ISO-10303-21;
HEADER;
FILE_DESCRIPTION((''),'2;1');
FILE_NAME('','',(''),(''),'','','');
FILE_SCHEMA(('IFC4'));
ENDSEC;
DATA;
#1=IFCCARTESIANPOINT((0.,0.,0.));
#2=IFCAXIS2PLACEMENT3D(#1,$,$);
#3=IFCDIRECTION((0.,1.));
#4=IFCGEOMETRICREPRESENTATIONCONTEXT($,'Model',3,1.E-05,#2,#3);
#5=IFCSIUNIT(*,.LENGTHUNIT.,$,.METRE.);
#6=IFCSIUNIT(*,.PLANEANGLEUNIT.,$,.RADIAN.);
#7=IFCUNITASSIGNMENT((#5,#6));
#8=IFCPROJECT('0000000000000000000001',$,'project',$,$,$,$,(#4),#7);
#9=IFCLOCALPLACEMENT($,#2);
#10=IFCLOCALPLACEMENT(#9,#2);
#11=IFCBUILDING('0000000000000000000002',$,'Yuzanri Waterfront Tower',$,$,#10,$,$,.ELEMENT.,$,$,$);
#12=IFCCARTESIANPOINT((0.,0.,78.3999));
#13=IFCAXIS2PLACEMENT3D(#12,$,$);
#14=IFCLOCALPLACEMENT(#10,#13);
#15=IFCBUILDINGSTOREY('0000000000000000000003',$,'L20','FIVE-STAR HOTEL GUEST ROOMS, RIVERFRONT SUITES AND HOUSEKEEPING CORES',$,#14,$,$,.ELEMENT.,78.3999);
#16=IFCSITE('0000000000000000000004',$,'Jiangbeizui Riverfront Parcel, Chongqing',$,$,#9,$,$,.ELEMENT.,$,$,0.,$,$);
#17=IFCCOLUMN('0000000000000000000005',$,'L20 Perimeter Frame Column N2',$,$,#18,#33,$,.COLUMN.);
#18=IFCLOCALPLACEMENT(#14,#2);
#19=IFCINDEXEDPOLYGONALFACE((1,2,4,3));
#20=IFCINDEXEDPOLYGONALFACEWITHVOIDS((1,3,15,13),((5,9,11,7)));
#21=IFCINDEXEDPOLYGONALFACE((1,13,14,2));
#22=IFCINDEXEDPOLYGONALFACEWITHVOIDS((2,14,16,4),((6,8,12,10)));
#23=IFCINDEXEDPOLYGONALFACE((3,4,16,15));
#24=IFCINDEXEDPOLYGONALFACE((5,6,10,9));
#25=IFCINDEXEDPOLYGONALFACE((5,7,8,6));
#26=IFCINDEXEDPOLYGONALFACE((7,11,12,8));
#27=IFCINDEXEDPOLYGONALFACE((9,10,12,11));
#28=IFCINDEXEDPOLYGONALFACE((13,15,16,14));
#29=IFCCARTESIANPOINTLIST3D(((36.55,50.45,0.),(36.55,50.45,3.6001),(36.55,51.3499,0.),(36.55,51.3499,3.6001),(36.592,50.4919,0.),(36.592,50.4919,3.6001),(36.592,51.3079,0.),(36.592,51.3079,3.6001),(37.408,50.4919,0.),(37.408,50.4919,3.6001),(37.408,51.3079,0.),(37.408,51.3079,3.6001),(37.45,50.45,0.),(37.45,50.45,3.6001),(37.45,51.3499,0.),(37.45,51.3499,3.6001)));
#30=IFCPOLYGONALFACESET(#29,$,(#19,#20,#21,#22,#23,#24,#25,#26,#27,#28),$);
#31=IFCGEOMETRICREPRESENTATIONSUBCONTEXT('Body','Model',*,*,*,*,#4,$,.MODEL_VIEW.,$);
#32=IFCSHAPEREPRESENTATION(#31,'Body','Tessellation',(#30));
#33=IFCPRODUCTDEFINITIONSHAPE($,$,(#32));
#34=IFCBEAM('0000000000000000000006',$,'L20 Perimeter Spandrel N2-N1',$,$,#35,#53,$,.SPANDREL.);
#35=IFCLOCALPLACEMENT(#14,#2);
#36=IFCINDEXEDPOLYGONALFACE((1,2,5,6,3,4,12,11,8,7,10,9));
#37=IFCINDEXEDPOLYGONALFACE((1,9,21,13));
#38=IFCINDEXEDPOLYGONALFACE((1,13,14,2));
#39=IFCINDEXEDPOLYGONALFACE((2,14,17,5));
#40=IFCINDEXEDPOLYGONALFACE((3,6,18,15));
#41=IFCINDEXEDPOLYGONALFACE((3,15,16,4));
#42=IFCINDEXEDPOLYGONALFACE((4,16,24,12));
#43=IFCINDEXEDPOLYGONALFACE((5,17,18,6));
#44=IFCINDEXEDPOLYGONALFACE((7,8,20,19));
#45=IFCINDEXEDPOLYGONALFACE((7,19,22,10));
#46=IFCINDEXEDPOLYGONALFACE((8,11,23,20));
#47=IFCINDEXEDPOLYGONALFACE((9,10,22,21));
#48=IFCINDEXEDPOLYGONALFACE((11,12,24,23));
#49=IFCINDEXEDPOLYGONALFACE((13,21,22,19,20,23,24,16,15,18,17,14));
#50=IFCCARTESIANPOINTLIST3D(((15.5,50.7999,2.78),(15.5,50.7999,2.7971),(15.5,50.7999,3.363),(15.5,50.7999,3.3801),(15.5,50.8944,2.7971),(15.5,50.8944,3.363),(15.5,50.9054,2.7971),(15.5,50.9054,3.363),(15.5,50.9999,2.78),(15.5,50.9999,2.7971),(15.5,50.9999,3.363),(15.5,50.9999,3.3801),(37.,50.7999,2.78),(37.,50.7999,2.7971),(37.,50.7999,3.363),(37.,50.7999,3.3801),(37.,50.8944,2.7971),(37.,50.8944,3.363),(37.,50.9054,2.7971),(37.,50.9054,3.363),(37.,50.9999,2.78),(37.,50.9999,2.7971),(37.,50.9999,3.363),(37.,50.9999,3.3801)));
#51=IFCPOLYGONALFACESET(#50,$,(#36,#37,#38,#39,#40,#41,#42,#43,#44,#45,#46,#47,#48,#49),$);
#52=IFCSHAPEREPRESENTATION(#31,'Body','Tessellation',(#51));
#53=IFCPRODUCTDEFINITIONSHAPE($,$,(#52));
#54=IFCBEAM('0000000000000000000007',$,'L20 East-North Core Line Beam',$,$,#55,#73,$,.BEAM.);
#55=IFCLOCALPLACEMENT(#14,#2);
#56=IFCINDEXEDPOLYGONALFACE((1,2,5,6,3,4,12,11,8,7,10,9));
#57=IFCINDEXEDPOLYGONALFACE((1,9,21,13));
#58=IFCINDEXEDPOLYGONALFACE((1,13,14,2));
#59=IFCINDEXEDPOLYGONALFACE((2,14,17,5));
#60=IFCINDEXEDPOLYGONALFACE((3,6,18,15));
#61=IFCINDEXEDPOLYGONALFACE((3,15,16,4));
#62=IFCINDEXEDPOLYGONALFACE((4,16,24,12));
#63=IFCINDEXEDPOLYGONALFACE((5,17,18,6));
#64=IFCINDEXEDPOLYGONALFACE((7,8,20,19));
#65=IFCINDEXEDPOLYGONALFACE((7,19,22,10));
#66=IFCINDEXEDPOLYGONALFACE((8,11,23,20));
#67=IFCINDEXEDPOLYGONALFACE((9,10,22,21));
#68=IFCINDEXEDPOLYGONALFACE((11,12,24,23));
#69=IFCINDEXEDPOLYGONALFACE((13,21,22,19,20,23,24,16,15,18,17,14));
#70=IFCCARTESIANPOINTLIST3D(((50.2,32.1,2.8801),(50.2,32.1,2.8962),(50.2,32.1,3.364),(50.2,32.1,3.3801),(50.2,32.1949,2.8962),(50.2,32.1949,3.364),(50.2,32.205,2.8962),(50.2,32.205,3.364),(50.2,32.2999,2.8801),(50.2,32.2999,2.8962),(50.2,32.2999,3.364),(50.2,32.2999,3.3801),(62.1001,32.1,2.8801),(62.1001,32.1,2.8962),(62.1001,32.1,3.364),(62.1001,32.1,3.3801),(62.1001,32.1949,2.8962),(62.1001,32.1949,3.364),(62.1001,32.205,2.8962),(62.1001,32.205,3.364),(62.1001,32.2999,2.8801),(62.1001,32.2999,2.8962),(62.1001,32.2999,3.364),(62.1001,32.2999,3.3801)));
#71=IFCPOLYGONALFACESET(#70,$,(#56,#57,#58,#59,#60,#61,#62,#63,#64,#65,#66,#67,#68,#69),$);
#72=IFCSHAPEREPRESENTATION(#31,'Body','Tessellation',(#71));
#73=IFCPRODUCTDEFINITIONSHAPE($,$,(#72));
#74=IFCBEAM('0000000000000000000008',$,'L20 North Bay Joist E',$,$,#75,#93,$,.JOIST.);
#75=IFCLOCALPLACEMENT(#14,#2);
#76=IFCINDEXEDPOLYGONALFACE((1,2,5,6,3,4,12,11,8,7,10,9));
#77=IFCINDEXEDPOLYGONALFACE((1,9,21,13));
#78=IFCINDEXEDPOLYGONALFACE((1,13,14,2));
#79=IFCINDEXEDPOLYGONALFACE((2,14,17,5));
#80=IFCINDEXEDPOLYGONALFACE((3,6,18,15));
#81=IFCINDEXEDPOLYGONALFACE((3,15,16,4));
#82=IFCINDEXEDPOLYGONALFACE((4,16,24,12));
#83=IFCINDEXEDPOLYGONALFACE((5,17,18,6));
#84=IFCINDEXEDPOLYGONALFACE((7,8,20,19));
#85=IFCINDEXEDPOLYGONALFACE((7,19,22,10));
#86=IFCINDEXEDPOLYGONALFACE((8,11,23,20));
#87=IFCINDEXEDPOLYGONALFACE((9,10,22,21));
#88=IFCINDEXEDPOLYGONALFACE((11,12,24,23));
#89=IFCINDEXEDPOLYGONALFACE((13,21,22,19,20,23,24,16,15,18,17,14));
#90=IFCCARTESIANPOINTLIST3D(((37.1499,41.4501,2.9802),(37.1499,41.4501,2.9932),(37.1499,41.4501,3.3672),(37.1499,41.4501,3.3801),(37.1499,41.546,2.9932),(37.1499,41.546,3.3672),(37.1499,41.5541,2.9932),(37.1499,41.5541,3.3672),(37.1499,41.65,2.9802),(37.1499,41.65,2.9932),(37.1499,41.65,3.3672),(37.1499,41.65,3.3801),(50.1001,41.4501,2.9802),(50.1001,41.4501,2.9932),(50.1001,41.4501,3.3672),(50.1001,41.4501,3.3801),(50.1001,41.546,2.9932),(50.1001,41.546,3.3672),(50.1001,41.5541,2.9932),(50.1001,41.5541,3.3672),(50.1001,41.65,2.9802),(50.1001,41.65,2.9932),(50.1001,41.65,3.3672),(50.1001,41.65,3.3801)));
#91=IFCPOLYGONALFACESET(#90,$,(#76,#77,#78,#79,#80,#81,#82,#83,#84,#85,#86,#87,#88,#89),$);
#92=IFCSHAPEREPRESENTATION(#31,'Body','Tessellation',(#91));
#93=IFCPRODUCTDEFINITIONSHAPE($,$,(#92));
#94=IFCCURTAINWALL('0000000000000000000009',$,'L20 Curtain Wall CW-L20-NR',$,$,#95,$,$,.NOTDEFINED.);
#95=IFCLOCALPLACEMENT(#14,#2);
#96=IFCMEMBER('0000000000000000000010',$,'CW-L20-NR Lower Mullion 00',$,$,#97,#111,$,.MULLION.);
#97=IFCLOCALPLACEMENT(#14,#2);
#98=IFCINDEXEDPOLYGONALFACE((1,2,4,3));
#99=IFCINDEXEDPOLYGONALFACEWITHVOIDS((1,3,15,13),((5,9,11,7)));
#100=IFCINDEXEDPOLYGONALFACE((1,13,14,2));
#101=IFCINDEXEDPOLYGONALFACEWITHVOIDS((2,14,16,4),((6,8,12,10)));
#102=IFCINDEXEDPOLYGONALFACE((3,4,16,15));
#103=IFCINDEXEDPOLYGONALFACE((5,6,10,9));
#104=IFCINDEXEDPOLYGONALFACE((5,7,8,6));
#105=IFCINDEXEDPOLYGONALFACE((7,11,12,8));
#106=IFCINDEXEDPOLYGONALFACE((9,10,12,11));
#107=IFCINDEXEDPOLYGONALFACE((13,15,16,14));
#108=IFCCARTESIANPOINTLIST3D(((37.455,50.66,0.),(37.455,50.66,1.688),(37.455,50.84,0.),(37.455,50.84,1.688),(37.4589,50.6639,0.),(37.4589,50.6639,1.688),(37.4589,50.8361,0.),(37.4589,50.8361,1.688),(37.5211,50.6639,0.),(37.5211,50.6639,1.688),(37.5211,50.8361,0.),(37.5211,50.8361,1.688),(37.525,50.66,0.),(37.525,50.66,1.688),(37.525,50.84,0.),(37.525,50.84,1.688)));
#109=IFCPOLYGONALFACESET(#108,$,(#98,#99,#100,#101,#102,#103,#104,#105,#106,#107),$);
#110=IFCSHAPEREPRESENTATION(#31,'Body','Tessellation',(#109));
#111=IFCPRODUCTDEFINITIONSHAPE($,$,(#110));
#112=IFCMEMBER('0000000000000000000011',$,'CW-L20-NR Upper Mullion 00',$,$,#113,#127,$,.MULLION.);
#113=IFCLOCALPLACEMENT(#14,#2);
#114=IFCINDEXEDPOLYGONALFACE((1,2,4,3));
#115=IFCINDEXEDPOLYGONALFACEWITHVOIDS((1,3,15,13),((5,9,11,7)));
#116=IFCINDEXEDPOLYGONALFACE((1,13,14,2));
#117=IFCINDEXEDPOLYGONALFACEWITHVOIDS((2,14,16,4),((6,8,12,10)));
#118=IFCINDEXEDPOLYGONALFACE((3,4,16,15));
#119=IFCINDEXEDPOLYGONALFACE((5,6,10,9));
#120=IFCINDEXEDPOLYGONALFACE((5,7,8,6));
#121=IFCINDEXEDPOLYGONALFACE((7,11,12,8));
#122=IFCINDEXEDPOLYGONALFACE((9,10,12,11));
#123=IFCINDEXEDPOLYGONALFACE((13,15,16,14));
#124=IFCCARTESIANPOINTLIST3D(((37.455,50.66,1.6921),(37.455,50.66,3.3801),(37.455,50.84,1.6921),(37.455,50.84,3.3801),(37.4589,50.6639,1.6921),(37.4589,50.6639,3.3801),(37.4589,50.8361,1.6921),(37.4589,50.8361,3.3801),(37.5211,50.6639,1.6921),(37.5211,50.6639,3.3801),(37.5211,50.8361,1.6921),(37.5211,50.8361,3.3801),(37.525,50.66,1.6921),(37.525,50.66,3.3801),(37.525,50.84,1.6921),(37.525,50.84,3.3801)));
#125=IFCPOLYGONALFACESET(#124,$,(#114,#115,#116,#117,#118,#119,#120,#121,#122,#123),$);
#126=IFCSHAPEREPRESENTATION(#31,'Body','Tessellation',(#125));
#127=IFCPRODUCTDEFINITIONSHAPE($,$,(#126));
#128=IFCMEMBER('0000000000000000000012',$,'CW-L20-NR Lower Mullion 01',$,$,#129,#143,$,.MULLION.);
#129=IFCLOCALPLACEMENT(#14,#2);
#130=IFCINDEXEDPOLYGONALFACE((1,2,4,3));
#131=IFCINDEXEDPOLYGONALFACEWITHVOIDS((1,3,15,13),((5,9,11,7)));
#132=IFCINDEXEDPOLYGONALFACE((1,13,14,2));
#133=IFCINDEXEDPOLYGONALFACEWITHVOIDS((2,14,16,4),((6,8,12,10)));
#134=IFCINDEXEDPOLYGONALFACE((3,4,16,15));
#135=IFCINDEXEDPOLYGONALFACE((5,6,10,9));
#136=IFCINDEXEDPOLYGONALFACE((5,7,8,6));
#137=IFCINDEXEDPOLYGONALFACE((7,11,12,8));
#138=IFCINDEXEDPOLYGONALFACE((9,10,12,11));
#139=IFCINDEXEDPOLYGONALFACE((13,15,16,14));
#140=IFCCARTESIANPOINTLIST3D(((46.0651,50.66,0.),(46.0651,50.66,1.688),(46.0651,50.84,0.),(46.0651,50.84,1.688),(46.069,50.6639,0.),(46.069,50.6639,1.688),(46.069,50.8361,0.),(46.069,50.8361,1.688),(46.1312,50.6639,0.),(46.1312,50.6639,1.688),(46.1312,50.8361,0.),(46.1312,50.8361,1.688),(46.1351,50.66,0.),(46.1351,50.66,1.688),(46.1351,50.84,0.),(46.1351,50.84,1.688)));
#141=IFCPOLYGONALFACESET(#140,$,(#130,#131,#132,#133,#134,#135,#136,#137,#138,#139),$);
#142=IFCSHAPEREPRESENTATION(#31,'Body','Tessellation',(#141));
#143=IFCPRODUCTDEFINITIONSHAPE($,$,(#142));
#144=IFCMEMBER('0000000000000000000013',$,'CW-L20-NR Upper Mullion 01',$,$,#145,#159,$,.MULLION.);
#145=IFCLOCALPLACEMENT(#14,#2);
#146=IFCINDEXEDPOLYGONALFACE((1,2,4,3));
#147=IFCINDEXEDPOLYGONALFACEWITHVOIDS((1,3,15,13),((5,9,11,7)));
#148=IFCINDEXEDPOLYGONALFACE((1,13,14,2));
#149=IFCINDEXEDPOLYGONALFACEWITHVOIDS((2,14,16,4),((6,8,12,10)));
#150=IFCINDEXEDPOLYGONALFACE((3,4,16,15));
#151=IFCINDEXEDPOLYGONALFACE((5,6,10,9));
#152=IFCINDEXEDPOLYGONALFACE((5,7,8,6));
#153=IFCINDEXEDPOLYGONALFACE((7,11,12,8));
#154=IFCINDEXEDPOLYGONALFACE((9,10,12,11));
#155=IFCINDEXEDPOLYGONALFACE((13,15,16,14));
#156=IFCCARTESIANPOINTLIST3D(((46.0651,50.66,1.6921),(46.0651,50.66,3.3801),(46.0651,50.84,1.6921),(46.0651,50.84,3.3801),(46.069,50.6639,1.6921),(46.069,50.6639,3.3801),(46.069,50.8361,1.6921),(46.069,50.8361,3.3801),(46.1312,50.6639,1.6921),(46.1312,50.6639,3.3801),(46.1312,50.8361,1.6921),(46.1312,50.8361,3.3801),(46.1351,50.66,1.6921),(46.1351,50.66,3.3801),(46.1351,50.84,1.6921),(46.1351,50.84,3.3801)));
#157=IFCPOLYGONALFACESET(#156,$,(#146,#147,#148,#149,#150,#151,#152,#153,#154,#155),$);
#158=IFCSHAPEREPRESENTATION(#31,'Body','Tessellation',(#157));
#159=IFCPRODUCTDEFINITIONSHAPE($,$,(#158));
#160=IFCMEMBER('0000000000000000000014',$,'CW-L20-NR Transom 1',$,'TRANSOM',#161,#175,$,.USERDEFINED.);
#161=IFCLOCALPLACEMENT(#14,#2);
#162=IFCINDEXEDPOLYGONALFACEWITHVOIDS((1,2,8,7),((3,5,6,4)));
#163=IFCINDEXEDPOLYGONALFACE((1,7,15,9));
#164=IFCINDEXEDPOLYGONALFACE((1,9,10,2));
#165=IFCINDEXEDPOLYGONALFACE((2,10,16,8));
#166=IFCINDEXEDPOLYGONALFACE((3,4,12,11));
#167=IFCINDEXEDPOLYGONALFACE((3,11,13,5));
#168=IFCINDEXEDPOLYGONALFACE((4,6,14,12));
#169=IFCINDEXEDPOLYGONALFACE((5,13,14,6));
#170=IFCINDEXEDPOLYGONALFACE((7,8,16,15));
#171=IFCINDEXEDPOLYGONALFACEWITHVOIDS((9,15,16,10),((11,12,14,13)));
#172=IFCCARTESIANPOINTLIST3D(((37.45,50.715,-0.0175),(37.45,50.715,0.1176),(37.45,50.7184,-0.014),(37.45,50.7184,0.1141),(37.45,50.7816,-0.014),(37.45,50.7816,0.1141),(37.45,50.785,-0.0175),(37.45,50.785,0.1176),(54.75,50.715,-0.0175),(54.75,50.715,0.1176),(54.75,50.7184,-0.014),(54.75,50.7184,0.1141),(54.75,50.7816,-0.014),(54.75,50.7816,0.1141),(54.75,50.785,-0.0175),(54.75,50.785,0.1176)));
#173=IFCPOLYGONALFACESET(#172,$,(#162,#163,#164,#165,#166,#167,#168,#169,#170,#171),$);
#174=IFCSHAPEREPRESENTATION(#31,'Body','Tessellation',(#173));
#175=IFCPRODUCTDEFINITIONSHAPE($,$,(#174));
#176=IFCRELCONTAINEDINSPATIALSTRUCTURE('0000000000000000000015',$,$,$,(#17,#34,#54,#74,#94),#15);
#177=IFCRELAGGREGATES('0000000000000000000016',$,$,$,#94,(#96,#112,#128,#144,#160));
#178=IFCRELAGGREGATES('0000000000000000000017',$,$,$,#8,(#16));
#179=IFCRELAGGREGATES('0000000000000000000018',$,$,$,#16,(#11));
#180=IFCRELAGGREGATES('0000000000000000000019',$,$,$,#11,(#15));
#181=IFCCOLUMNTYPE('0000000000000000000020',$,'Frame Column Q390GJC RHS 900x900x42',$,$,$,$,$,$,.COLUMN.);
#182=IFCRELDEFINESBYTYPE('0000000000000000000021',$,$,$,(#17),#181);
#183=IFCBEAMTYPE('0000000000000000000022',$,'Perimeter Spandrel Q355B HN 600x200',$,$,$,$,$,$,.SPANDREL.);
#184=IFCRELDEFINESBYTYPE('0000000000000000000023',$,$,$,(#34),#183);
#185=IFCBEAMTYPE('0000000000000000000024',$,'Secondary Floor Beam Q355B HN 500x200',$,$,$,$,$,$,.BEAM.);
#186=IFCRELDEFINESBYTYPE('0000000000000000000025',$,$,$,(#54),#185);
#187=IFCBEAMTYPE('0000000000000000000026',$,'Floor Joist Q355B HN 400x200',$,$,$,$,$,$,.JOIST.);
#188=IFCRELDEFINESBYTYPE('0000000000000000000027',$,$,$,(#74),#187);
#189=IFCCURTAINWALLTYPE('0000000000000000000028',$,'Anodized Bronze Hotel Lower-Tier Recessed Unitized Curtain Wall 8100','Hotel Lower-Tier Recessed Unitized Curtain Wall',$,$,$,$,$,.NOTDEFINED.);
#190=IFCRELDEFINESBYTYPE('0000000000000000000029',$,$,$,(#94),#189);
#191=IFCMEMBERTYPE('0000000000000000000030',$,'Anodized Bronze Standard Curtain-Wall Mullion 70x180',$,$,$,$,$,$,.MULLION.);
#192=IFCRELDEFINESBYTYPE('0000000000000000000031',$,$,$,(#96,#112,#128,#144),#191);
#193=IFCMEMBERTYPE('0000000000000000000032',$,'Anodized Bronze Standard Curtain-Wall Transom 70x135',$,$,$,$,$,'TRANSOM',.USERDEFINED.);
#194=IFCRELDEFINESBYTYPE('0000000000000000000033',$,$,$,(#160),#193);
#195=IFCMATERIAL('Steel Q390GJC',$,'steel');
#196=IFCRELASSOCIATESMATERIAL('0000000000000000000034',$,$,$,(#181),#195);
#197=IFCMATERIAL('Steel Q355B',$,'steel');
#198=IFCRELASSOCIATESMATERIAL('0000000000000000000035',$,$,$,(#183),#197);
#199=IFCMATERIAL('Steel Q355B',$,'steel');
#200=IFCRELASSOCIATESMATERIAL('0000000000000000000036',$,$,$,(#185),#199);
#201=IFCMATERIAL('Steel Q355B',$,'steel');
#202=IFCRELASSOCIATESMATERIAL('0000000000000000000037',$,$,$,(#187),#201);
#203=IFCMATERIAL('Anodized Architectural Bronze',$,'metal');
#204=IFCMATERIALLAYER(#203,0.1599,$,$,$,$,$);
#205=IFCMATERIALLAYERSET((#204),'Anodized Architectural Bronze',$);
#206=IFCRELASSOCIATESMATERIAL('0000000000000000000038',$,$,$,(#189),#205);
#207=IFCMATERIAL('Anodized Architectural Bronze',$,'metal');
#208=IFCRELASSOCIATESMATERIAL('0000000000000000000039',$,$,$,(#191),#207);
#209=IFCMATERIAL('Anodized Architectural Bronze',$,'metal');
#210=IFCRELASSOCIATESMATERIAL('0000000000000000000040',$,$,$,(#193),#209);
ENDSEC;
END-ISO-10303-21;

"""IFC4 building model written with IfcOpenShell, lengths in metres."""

from ifc_helpers import new_model, si_unit, direction, frame, origin, origin_2d, place, context, subcontext, project, spatial, hollow_rectangle, i_section, extrude, source, transform, mapped, material, layer, layer_set, material_profile, profile_set, type_object, element, aggregate, save


model = new_model("IFC4")

# Units and contexts
model_context = context("Model", 3, precision=1e-05, world=origin(), true_north=direction((0.0, 1.0)))
body_context = subcontext(model_context, "Body", "Model", "MODEL_VIEW")
ifc_project = project(units=[si_unit("LENGTHUNIT", "METRE"), si_unit("PLANEANGLEUNIT", "RADIAN")], contexts=[model_context])

# Site, building, storey
site_placement = place(None, origin())
site = spatial("IfcSite", under=ifc_project, at=site_placement, Name="Jiangbeizui Riverfront Parcel, Chongqing", CompositionType="ELEMENT", RefElevation=0.0)
building_placement = place(site_placement, origin())
building = spatial("IfcBuilding", under=site, at=building_placement, Name="Yuzanri Waterfront Tower", CompositionType="ELEMENT")
storey_placement = place(building_placement, frame((0.0, 0.0, 78.3999)))
storey = spatial("IfcBuildingStorey", under=building, at=storey_placement, Name="L20", Description="FIVE-STAR HOTEL GUEST ROOMS, RIVERFRONT SUITES AND HOUSEKEEPING CORES", CompositionType="ELEMENT", Elevation=78.3999)

# Column
ifc_material_1 = material(Name="Steel Q390GJC", Category="steel")
ifc_material_profile_1 = material_profile(ifc_material_1, hollow_rectangle(XDim=0.8999, YDim=0.8999, WallThickness=0.042, at=origin_2d()), Name="RHS 900x900x42")
ifc_profile_set_1 = profile_set([ifc_material_profile_1], Name="Steel Q390GJC")
column_type = type_object("IfcColumnType", Name="Frame Column Q390GJC RHS 900x900x42", PredefinedType="COLUMN", material=ifc_profile_set_1)
shared_shape_1 = source(origin(), body_context, "Body", "SweptSolid", [
    extrude(hollow_rectangle(XDim=0.8999, YDim=0.8999, WallThickness=0.042, at=origin_2d()), origin(), (0.0, 0.0, 1.0), 3.6001),
])
column_placement = place(storey_placement, frame((37.0, 50.8999, 0.0), z_axis=(0.0, 0.0, 1.0), x_axis=(1.0, 0.0, 0.0)))
element("IfcColumn", 1, at=column_placement, inside=storey, type_object=column_type, Name="L20 Perimeter Frame Column N2", PredefinedType="COLUMN", context=body_context, shape_type="MappedRepresentation", body=[
    mapped(shared_shape_1, transform((0.0, 0.0, 0.0), scale=1.0)),
])

# Beams
ifc_material_2 = material(Name="Steel Q355B", Category="steel")
ifc_material_profile_2 = material_profile(ifc_material_2, i_section(OverallWidth=0.2, OverallDepth=0.6001, WebThickness=0.011, FlangeThickness=0.0171, at=origin_2d()), Name="HN 600x200x11x17")
ifc_profile_set_2 = profile_set([ifc_material_profile_2], Name="Steel Q355B")
beam_type_1 = type_object("IfcBeamType", Name="Perimeter Spandrel Q355B HN 600x200", PredefinedType="SPANDREL", material=ifc_profile_set_2)
shared_shape_2 = source(origin(), body_context, "Body", "SweptSolid", [
    extrude(i_section(OverallWidth=0.2, OverallDepth=0.6001, WebThickness=0.011, FlangeThickness=0.0171, at=origin_2d()), origin(), (0.0, 0.0, 1.0), 21.5),
])
beam_1_placement = place(storey_placement, frame((37.0, 50.8999, 3.0801), z_axis=(-1.0, 0.0, 0.0), x_axis=(0.0, -1.0, 0.0)))
element("IfcBeam", 2, at=beam_1_placement, inside=storey, type_object=beam_type_1, Name="L20 Perimeter Spandrel N2-N1", PredefinedType="SPANDREL", context=body_context, shape_type="MappedRepresentation", body=[
    mapped(shared_shape_2, transform((0.0, 0.0, 0.0), scale=1.0)),
])
ifc_material_3 = material(Name="Steel Q355B", Category="steel")
ifc_material_profile_3 = material_profile(ifc_material_3, i_section(OverallWidth=0.2, OverallDepth=0.5, WebThickness=0.01, FlangeThickness=0.0161, at=origin_2d()), Name="HN 500x200x10x16")
ifc_profile_set_3 = profile_set([ifc_material_profile_3], Name="Steel Q355B")
beam_type_2 = type_object("IfcBeamType", Name="Secondary Floor Beam Q355B HN 500x200", PredefinedType="BEAM", material=ifc_profile_set_3)
shared_shape_3 = source(origin(), body_context, "Body", "SweptSolid", [
    extrude(i_section(OverallWidth=0.2, OverallDepth=0.5, WebThickness=0.01, FlangeThickness=0.0161, at=origin_2d()), origin(), (0.0, 0.0, 1.0), 11.9001),
])
beam_2_placement = place(storey_placement, frame((50.2, 32.2, 3.1301), z_axis=(1.0, 0.0, 0.0), x_axis=(0.0, 1.0, 0.0)))
element("IfcBeam", 3, at=beam_2_placement, inside=storey, type_object=beam_type_2, Name="L20 East-North Core Line Beam", PredefinedType="BEAM", context=body_context, shape_type="MappedRepresentation", body=[
    mapped(shared_shape_3, transform((0.0, 0.0, 0.0), scale=1.0)),
])
ifc_material_4 = material(Name="Steel Q355B", Category="steel")
ifc_material_profile_4 = material_profile(ifc_material_4, i_section(OverallWidth=0.2, OverallDepth=0.3999, WebThickness=0.0081, FlangeThickness=0.0129, at=origin_2d()), Name="HN 400x200x8x13")
ifc_profile_set_4 = profile_set([ifc_material_profile_4], Name="Steel Q355B")
beam_type_3 = type_object("IfcBeamType", Name="Floor Joist Q355B HN 400x200", PredefinedType="JOIST", material=ifc_profile_set_4)
shared_shape_4 = source(origin(), body_context, "Body", "SweptSolid", [
    extrude(i_section(OverallWidth=0.2, OverallDepth=0.3999, WebThickness=0.0081, FlangeThickness=0.0129, at=origin_2d()), origin(), (0.0, 0.0, 1.0), 12.9502),
])
beam_3_placement = place(storey_placement, frame((37.1499, 41.55, 3.1802), z_axis=(1.0, 0.0, 0.0), x_axis=(0.0, 1.0, 0.0)))
element("IfcBeam", 4, at=beam_3_placement, inside=storey, type_object=beam_type_3, Name="L20 North Bay Joist E", PredefinedType="JOIST", context=body_context, shape_type="MappedRepresentation", body=[
    mapped(shared_shape_4, transform((0.0, 0.0, 0.0), scale=1.0)),
])

# Curtain wall, members
ifc_material_5 = material(Name="Anodized Architectural Bronze", Category="metal")
ifc_layer_1 = layer(ifc_material_5, 0.1599)
ifc_layer_set_1 = layer_set([ifc_layer_1], Name="Anodized Architectural Bronze")
curtain_wall_type = type_object("IfcCurtainWallType", Name="Anodized Bronze Hotel Lower-Tier Recessed Unitized Curtain Wall 8100", Description="Hotel Lower-Tier Recessed Unitized Curtain Wall", PredefinedType="NOTDEFINED", material=ifc_layer_set_1)
curtain_wall_placement = place(storey_placement, origin())
curtain_wall = element("IfcCurtainWall", 5, at=curtain_wall_placement, inside=storey, type_object=curtain_wall_type, Name="L20 Curtain Wall CW-L20-NR", PredefinedType="NOTDEFINED")
ifc_material_6 = material(Name="Anodized Architectural Bronze", Category="metal")
ifc_material_profile_5 = material_profile(ifc_material_6, hollow_rectangle(XDim=0.0701, YDim=0.1799, WallThickness=0.0039, at=origin_2d()), Name="CWM 70x180")
ifc_profile_set_5 = profile_set([ifc_material_profile_5], Name="Anodized Architectural Bronze")
member_type_1 = type_object("IfcMemberType", Name="Anodized Bronze Standard Curtain-Wall Mullion 70x180", PredefinedType="MULLION", material=ifc_profile_set_5)
shared_shape_5 = source(origin(), body_context, "Body", "SweptSolid", [
    extrude(hollow_rectangle(XDim=0.0701, YDim=0.1799, WallThickness=0.0039, at=origin_2d()), origin(), (0.0, 0.0, 1.0), 1.688),
])
member_1_placement = place(storey_placement, frame((37.49, 50.75, 0.0), z_axis=(0.0, 0.0, 1.0), x_axis=(1.0, 0.0, 0.0)))
member_1 = element("IfcMember", 6, at=member_1_placement, type_object=member_type_1, Name="CW-L20-NR Lower Mullion 00", PredefinedType="MULLION", context=body_context, shape_type="MappedRepresentation", body=[
    mapped(shared_shape_5, transform((0.0, 0.0, 0.0), scale=1.0)),
])
member_2_placement = place(storey_placement, frame((37.49, 50.75, 1.6921), z_axis=(0.0, 0.0, 1.0), x_axis=(1.0, 0.0, 0.0)))
member_2 = element("IfcMember", 7, at=member_2_placement, type_object=member_type_1, Name="CW-L20-NR Upper Mullion 00", PredefinedType="MULLION", context=body_context, shape_type="MappedRepresentation", body=[
    mapped(shared_shape_5, transform((0.0, 0.0, 0.0), scale=1.0)),
])
member_3_placement = place(storey_placement, frame((46.1001, 50.75, 0.0), z_axis=(0.0, 0.0, 1.0), x_axis=(1.0, 0.0, 0.0)))
member_3 = element("IfcMember", 8, at=member_3_placement, type_object=member_type_1, Name="CW-L20-NR Lower Mullion 01", PredefinedType="MULLION", context=body_context, shape_type="MappedRepresentation", body=[
    mapped(shared_shape_5, transform((0.0, 0.0, 0.0), scale=1.0)),
])
member_4_placement = place(storey_placement, frame((46.1001, 50.75, 1.6921), z_axis=(0.0, 0.0, 1.0), x_axis=(1.0, 0.0, 0.0)))
member_4 = element("IfcMember", 9, at=member_4_placement, type_object=member_type_1, Name="CW-L20-NR Upper Mullion 01", PredefinedType="MULLION", context=body_context, shape_type="MappedRepresentation", body=[
    mapped(shared_shape_5, transform((0.0, 0.0, 0.0), scale=1.0)),
])
ifc_material_7 = material(Name="Anodized Architectural Bronze", Category="metal")
ifc_material_profile_6 = material_profile(ifc_material_7, hollow_rectangle(XDim=0.0701, YDim=0.135, WallThickness=0.0034, at=origin_2d()), Name="CWT 70x135")
ifc_profile_set_6 = profile_set([ifc_material_profile_6], Name="Anodized Architectural Bronze")
member_type_2 = type_object("IfcMemberType", Name="Anodized Bronze Standard Curtain-Wall Transom 70x135", ElementType="TRANSOM", PredefinedType="USERDEFINED", material=ifc_profile_set_6)
shared_shape_6 = source(origin(), body_context, "Body", "SweptSolid", [
    extrude(hollow_rectangle(XDim=0.0701, YDim=0.135, WallThickness=0.0034, at=origin_2d()), origin(), (0.0, 0.0, 1.0), 17.3),
])
member_5_placement = place(storey_placement, frame((37.45, 50.75, 0.05), z_axis=(1.0, 0.0, 0.0), x_axis=(0.0, 1.0, 0.0)))
member_5 = element("IfcMember", 10, at=member_5_placement, type_object=member_type_2, Name="CW-L20-NR Transom 1", ObjectType="TRANSOM", PredefinedType="USERDEFINED", context=body_context, shape_type="MappedRepresentation", body=[
    mapped(shared_shape_6, transform((0.0, 0.0, 0.0), scale=1.0)),
])
aggregate(curtain_wall, [member_1, member_2, member_3, member_4, member_5])

save(model, "model.ifc")
